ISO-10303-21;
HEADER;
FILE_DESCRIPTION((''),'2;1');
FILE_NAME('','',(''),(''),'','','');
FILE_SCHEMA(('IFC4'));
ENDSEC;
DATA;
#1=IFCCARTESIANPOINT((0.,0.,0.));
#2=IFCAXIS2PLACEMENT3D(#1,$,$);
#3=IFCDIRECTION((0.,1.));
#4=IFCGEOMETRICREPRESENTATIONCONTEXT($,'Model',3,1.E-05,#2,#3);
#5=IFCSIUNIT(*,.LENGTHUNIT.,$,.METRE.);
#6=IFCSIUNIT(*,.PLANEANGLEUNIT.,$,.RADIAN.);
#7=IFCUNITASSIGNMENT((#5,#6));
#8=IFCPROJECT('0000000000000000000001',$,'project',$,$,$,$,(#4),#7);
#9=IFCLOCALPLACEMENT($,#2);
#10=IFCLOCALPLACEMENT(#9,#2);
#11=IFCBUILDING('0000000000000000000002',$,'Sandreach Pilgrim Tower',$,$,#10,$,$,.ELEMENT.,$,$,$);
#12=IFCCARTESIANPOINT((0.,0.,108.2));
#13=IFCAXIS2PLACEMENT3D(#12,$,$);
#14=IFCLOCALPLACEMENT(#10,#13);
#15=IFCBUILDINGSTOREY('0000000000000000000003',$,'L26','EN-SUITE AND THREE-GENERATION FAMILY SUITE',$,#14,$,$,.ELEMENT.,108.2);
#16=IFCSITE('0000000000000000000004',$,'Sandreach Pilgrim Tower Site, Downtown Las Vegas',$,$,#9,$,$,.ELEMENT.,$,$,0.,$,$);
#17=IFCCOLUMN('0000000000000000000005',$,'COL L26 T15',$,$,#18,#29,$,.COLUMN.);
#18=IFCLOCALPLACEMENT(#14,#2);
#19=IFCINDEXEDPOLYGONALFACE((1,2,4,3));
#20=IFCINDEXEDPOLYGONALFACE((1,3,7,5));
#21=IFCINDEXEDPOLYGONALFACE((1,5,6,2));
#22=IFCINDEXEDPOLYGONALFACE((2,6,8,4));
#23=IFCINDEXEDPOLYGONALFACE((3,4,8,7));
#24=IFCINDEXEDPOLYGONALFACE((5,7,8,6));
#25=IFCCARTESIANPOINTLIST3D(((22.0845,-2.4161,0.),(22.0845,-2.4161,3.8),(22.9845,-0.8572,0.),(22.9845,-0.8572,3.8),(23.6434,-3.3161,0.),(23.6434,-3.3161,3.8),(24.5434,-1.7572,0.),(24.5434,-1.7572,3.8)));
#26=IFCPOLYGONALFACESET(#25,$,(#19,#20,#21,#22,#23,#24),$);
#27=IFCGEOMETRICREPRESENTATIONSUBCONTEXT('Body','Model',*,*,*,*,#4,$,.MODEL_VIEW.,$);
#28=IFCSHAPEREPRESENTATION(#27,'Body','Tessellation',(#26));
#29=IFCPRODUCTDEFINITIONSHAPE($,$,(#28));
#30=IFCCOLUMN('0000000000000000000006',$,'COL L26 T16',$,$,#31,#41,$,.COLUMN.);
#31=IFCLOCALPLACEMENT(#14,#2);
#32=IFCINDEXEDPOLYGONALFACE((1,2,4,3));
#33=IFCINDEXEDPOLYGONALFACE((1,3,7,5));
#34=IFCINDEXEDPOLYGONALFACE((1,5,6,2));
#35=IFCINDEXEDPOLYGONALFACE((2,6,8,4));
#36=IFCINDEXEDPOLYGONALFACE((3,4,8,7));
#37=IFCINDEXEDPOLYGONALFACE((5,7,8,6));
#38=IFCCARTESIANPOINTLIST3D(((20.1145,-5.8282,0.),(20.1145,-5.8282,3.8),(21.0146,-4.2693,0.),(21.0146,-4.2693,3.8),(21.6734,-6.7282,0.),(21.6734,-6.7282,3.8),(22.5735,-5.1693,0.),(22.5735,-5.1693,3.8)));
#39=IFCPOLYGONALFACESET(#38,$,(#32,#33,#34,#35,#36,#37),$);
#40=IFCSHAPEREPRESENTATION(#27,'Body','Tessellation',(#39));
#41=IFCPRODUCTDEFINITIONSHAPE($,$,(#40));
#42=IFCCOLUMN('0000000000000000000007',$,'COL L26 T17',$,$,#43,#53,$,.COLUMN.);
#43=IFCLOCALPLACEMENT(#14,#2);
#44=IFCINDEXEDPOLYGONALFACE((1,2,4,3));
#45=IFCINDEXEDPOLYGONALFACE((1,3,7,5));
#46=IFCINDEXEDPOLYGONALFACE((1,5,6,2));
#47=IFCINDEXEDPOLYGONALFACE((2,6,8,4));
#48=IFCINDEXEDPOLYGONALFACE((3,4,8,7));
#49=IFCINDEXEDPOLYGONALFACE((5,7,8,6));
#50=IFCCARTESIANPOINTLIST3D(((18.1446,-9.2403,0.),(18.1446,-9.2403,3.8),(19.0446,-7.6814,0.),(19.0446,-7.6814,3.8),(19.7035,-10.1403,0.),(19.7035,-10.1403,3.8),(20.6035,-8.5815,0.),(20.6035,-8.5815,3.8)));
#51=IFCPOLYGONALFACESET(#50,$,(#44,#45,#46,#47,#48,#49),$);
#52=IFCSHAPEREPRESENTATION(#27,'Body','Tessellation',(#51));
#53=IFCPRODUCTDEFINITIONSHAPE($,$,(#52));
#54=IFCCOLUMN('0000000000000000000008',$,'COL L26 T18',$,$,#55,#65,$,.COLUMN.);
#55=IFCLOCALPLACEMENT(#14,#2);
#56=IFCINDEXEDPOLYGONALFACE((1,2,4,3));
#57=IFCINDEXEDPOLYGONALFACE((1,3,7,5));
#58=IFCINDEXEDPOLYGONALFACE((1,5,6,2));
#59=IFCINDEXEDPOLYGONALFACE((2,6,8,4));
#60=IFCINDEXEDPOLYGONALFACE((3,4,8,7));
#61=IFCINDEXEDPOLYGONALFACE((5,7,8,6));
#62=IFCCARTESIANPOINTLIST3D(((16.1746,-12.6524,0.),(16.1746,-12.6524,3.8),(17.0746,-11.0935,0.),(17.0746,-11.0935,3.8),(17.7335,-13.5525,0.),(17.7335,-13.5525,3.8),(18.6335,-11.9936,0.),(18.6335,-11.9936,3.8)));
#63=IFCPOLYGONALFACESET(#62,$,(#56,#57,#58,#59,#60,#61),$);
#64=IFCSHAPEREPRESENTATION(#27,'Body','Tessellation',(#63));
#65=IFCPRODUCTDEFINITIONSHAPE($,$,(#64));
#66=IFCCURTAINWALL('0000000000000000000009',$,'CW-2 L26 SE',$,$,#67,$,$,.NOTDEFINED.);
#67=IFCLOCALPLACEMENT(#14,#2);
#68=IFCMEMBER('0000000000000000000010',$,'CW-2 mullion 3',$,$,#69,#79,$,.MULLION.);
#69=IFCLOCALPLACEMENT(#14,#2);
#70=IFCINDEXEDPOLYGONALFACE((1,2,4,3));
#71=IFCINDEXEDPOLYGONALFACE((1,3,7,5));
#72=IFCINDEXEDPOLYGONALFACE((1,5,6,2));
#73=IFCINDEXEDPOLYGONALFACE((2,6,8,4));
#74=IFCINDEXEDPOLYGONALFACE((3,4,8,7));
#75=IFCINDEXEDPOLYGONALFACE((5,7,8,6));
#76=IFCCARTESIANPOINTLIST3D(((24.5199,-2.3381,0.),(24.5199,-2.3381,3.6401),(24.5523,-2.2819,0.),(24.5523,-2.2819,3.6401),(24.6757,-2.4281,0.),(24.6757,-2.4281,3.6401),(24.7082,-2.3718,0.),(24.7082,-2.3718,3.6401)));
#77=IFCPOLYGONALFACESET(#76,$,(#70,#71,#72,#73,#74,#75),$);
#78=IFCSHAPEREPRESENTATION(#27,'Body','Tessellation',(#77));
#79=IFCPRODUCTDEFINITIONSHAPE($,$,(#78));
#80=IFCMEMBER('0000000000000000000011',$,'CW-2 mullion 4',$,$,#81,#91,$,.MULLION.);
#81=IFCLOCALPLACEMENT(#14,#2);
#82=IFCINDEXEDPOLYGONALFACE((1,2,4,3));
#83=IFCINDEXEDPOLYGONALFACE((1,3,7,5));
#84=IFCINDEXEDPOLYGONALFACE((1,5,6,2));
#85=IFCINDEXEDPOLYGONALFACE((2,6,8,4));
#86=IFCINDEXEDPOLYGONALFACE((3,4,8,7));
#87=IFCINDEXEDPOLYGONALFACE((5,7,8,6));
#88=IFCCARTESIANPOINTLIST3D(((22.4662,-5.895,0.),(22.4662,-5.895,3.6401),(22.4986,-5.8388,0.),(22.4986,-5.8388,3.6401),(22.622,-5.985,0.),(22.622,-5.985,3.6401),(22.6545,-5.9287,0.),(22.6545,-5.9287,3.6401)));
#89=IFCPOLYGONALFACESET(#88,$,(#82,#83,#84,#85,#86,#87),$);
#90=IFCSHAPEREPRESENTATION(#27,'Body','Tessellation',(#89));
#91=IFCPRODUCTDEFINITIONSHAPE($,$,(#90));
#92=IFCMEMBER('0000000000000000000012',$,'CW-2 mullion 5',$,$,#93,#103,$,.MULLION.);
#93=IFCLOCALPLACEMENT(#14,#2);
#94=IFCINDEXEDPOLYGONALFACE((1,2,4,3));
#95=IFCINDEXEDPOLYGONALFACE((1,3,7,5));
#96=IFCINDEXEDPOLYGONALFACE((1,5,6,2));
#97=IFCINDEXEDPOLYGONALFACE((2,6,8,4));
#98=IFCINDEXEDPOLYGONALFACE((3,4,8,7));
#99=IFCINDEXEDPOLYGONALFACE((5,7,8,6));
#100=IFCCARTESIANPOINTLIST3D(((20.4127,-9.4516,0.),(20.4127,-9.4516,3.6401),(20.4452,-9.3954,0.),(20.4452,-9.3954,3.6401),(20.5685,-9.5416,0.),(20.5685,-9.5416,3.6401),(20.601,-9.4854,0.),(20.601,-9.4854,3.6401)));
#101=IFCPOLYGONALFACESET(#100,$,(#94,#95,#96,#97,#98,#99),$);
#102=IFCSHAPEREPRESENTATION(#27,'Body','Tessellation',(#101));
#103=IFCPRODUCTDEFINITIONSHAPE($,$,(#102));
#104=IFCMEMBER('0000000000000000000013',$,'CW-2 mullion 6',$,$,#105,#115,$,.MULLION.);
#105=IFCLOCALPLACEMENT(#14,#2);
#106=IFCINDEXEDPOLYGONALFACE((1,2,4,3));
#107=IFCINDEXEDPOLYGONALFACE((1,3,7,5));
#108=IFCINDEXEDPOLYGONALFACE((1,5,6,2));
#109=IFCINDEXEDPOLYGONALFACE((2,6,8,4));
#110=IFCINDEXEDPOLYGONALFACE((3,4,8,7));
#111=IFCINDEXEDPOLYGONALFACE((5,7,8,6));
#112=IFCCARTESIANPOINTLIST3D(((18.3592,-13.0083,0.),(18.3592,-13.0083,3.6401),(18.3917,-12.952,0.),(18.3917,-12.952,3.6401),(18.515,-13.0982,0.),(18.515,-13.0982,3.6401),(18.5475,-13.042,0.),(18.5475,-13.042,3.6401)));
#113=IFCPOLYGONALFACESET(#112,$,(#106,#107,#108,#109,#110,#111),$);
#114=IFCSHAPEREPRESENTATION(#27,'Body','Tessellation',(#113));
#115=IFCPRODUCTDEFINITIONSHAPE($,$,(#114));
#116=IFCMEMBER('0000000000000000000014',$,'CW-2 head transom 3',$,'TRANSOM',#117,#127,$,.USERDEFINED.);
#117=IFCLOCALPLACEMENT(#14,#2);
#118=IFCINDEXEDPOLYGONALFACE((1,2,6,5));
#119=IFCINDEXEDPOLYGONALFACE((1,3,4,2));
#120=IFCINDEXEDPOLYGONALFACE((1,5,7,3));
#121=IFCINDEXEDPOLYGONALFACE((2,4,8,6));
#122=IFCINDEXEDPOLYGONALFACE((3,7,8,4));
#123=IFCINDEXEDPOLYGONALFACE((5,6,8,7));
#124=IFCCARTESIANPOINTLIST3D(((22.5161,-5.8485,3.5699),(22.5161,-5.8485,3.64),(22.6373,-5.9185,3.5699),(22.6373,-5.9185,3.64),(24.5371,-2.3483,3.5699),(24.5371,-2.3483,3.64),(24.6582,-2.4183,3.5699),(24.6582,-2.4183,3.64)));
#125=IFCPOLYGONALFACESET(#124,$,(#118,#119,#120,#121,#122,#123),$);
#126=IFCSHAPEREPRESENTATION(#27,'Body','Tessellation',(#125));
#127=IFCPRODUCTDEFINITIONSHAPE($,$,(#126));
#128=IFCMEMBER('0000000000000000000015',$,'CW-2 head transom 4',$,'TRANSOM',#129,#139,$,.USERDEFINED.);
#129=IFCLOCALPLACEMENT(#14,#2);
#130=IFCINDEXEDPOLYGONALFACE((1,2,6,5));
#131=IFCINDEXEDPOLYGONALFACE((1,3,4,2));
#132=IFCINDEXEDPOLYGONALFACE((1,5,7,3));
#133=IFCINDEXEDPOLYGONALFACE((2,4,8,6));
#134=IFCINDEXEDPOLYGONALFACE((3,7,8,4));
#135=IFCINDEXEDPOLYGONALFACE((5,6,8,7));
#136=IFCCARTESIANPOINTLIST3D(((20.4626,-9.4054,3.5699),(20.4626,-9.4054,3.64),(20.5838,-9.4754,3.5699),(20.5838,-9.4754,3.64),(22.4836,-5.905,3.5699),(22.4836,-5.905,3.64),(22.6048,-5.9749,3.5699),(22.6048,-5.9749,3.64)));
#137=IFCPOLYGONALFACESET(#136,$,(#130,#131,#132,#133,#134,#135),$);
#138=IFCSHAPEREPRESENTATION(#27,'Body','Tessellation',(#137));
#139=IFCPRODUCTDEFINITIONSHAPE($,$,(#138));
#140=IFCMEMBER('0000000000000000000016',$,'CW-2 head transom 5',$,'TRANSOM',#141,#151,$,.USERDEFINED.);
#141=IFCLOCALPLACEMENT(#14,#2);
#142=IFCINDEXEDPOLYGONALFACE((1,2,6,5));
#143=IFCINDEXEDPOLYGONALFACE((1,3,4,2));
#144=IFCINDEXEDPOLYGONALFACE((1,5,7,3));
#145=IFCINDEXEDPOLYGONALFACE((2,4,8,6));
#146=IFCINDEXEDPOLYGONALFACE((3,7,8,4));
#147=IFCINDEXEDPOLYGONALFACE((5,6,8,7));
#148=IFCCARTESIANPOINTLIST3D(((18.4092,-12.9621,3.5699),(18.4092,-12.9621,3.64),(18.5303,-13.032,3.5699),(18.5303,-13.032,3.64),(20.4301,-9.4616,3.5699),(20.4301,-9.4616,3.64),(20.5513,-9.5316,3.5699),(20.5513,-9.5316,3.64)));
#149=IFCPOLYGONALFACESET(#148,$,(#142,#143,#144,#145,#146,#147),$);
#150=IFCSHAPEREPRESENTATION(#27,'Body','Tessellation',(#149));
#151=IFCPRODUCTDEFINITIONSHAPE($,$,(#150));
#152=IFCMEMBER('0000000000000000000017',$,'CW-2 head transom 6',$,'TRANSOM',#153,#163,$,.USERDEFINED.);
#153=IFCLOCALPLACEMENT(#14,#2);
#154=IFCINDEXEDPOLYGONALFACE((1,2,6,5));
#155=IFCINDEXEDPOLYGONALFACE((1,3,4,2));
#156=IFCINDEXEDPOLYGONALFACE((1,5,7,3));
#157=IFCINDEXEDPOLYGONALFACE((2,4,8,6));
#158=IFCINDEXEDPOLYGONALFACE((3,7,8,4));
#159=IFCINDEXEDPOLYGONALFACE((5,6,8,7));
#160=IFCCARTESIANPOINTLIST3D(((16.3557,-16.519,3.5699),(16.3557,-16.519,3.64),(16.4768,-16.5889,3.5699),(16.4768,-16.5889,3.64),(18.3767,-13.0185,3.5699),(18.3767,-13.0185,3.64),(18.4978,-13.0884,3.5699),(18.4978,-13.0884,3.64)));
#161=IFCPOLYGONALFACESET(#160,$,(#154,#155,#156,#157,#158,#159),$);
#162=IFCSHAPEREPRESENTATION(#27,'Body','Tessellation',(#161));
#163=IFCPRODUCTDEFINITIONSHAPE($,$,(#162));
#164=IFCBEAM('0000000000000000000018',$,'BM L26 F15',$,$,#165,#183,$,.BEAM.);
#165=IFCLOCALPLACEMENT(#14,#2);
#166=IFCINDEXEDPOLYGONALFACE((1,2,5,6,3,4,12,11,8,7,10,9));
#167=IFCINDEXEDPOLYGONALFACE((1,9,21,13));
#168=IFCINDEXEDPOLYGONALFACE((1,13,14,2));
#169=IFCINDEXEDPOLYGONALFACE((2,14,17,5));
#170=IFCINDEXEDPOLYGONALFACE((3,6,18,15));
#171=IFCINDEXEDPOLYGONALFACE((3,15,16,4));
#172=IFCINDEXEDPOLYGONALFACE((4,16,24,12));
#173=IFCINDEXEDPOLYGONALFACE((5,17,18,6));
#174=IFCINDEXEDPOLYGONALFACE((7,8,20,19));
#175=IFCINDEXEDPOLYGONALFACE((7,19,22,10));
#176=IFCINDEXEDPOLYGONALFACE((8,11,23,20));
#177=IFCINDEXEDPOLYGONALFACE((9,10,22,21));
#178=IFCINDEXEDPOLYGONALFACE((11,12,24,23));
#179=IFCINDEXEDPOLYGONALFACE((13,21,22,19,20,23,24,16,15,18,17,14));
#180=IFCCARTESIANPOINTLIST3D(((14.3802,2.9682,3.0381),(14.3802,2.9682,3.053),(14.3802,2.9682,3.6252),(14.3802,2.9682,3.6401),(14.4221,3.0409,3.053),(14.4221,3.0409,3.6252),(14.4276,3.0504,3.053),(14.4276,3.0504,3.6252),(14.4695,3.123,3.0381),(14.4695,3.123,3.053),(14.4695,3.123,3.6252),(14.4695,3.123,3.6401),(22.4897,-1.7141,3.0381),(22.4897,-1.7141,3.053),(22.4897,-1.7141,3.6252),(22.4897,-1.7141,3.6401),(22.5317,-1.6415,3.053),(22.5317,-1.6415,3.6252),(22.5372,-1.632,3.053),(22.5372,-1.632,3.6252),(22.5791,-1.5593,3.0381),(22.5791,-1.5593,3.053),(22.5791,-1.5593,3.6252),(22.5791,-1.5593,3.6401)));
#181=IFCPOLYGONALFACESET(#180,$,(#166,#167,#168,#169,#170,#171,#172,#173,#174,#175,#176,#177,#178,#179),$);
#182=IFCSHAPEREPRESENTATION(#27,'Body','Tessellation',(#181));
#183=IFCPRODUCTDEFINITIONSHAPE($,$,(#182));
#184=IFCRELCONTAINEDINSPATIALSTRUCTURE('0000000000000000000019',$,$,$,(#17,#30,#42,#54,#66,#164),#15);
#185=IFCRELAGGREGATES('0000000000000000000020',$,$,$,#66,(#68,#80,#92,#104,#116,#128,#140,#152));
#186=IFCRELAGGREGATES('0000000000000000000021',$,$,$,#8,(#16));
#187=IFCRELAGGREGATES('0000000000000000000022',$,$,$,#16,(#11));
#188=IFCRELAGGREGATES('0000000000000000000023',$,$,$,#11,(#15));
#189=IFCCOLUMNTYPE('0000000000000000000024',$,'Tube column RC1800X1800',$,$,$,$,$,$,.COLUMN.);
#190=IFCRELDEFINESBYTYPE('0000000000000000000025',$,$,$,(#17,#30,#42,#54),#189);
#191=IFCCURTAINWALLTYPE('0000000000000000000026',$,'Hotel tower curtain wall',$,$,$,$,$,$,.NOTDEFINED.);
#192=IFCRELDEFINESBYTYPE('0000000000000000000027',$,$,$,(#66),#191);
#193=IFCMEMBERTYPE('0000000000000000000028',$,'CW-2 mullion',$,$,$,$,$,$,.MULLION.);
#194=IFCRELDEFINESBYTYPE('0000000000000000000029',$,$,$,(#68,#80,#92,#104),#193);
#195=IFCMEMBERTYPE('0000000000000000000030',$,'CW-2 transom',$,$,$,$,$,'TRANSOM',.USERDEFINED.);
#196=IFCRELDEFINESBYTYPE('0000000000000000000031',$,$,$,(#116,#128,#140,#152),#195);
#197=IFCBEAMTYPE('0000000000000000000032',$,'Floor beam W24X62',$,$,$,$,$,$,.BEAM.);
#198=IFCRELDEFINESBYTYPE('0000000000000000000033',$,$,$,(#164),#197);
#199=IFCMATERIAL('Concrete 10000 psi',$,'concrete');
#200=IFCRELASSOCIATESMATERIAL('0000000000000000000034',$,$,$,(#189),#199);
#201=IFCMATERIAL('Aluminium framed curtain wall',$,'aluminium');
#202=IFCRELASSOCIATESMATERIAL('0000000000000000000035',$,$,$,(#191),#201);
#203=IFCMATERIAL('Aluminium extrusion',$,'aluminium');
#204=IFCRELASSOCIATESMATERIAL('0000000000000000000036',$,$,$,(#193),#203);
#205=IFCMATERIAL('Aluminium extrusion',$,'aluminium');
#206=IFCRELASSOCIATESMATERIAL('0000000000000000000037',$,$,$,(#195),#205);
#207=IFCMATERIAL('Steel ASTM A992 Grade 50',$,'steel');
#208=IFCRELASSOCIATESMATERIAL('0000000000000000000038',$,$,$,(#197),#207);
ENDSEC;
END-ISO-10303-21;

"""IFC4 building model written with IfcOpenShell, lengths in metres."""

from ifc_helpers import new_model, si_unit, direction, frame, origin, origin_2d, place, context, subcontext, project, spatial, rectangle, i_section, extrude, material, material_profile, profile_set, type_object, element, aggregate, save


model = new_model("IFC4")

# Units and contexts
model_context = context("Model", 3, precision=1e-05, world=origin(), true_north=direction((0.0, 1.0)))
body_context = subcontext(model_context, "Body", "Model", "MODEL_VIEW")
ifc_project = project(units=[si_unit("LENGTHUNIT", "METRE"), si_unit("PLANEANGLEUNIT", "RADIAN")], contexts=[model_context])

# Site, building, storey
site_placement = place(None, origin())
site = spatial("IfcSite", under=ifc_project, at=site_placement, Name="Sandreach Pilgrim Tower Site, Downtown Las Vegas", CompositionType="ELEMENT", RefElevation=0.0)
building_placement = place(site_placement, origin())
building = spatial("IfcBuilding", under=site, at=building_placement, Name="Sandreach Pilgrim Tower", CompositionType="ELEMENT")
storey_placement = place(building_placement, frame((0.0, 0.0, 108.2)))
storey = spatial("IfcBuildingStorey", under=building, at=storey_placement, Name="L26", Description="EN-SUITE AND THREE-GENERATION FAMILY SUITE", CompositionType="ELEMENT", Elevation=108.2)

# Columns
ifc_material_1 = material(Name="Concrete 10000 psi", Category="concrete")
ifc_material_profile_1 = material_profile(ifc_material_1, rectangle(XDim=1.8, YDim=1.8, at=origin_2d()), Name="RC1800X1800")
ifc_profile_set_1 = profile_set([ifc_material_profile_1], Name="Concrete 10000 psi")
column_type = type_object("IfcColumnType", Name="Tube column RC1800X1800", PredefinedType="COLUMN", material=ifc_profile_set_1)
for number, where, z_axis, x_axis, name in (
    (1, (23.314, -2.0867, 0.0), (0.0, 0.0, 1.0), (0.866025, -0.5, 0.0), "COL L26 T15"),
    (2, (21.344, -5.4988, 0.0), (0.0, 0.0, 1.0), (0.866025, -0.5, 0.0), "COL L26 T16"),
    (3, (19.374, -8.9109, 0.0), (0.0, 0.0, 1.0), (0.866025, -0.5, 0.0), "COL L26 T17"),
    (4, (17.4041, -12.323, 0.0), (0.0, 0.0, 1.0), (0.866025, -0.5, 0.0), "COL L26 T18"),
):
    element("IfcColumn", number, at=place(storey_placement, frame(where, z_axis=z_axis, x_axis=x_axis)), inside=storey, type_object=column_type, Name=name, PredefinedType="COLUMN", context=body_context, shape_type="SweptSolid", body=[
        extrude(rectangle(XDim=1.8, YDim=1.8, at=origin_2d()), origin(), (0.0, 0.0, 1.0), 3.8),
    ])

# Curtain wall, members
ifc_material_2 = material(Name="Aluminium framed curtain wall", Category="aluminium")
curtain_wall_type = type_object("IfcCurtainWallType", Name="Hotel tower curtain wall", PredefinedType="NOTDEFINED", material=ifc_material_2)
curtain_wall_placement = place(storey_placement, origin())
curtain_wall = element("IfcCurtainWall", 5, at=curtain_wall_placement, inside=storey, type_object=curtain_wall_type, Name="CW-2 L26 SE", PredefinedType="NOTDEFINED")
ifc_material_3 = material(Name="Aluminium extrusion", Category="aluminium")
ifc_material_profile_2 = material_profile(ifc_material_3, rectangle(XDim=0.0649, YDim=0.1799, at=origin_2d()), Name="CW-2M 65X180")
ifc_profile_set_2 = profile_set([ifc_material_profile_2], Name="Aluminium extrusion")
member_type_1 = type_object("IfcMemberType", Name="CW-2 mullion", PredefinedType="MULLION", material=ifc_profile_set_2)
member_1_placement = place(storey_placement, frame((24.614, -2.355, 0.0), z_axis=(0.0, 0.0, 1.0), x_axis=(-0.5, -0.866025, 0.0)))
member_1 = element("IfcMember", 6, at=member_1_placement, type_object=member_type_1, Name="CW-2 mullion 3", PredefinedType="MULLION", context=body_context, shape_type="SweptSolid", body=[
    extrude(rectangle(XDim=0.0649, YDim=0.1799, at=origin_2d()), origin(), (0.0, 0.0, 1.0), 3.6401),
])
member_2_placement = place(storey_placement, frame((22.5603, -5.9119, 0.0), z_axis=(0.0, 0.0, 1.0), x_axis=(-0.5, -0.866025, 0.0)))
member_2 = element("IfcMember", 7, at=member_2_placement, type_object=member_type_1, Name="CW-2 mullion 4", PredefinedType="MULLION", context=body_context, shape_type="SweptSolid", body=[
    extrude(rectangle(XDim=0.0649, YDim=0.1799, at=origin_2d()), origin(), (0.0, 0.0, 1.0), 3.6401),
])
member_3_placement = place(storey_placement, frame((20.5068, -9.4685, 0.0), z_axis=(0.0, 0.0, 1.0), x_axis=(-0.5, -0.866025, 0.0)))
member_3 = element("IfcMember", 8, at=member_3_placement, type_object=member_type_1, Name="CW-2 mullion 5", PredefinedType="MULLION", context=body_context, shape_type="SweptSolid", body=[
    extrude(rectangle(XDim=0.0649, YDim=0.1799, at=origin_2d()), origin(), (0.0, 0.0, 1.0), 3.6401),
])
member_4_placement = place(storey_placement, frame((18.4534, -13.0251, 0.0), z_axis=(0.0, 0.0, 1.0), x_axis=(-0.5, -0.866025, 0.0)))
member_4 = element("IfcMember", 9, at=member_4_placement, type_object=member_type_1, Name="CW-2 mullion 6", PredefinedType="MULLION", context=body_context, shape_type="SweptSolid", body=[
    extrude(rectangle(XDim=0.0649, YDim=0.1799, at=origin_2d()), origin(), (0.0, 0.0, 1.0), 3.6401),
])
ifc_material_4 = material(Name="Aluminium extrusion", Category="aluminium")
ifc_material_profile_3 = material_profile(ifc_material_4, rectangle(XDim=0.1399, YDim=0.0701, at=origin_2d()), Name="CW-2T 140X70")
ifc_profile_set_3 = profile_set([ifc_material_profile_3], Name="Aluminium extrusion")
member_type_2 = type_object("IfcMemberType", Name="CW-2 transom", ElementType="TRANSOM", PredefinedType="USERDEFINED", material=ifc_profile_set_3)
member_5_placement = place(storey_placement, frame((24.5977, -2.3833, 3.605), z_axis=(-0.500024, -0.866012, 0.0), x_axis=(0.866012, -0.500024, 0.0)))
member_5 = element("IfcMember", 10, at=member_5_placement, type_object=member_type_2, Name="CW-2 head transom 3", ObjectType="TRANSOM", PredefinedType="USERDEFINED", context=body_context, shape_type="SweptSolid", body=[
    extrude(rectangle(XDim=0.1399, YDim=0.0701, at=origin_2d()), origin(), (0.0, 0.0, 1.0), 4.0417),
])
member_6_placement = place(storey_placement, frame((22.5442, -5.9399, 3.605), z_axis=(-0.499998, -0.866027, 0.0), x_axis=(0.866027, -0.499998, 0.0)))
member_6 = element("IfcMember", 11, at=member_6_placement, type_object=member_type_2, Name="CW-2 head transom 4", ObjectType="TRANSOM", PredefinedType="USERDEFINED", context=body_context, shape_type="SweptSolid", body=[
    extrude(rectangle(XDim=0.1399, YDim=0.0701, at=origin_2d()), origin(), (0.0, 0.0, 1.0), 4.042),
])
member_7_placement = place(storey_placement, frame((20.4907, -9.4966, 3.605), z_axis=(-0.499998, -0.866027, 0.0), x_axis=(0.866027, -0.499998, 0.0)))
member_7 = element("IfcMember", 12, at=member_7_placement, type_object=member_type_2, Name="CW-2 head transom 5", ObjectType="TRANSOM", PredefinedType="USERDEFINED", context=body_context, shape_type="SweptSolid", body=[
    extrude(rectangle(XDim=0.1399, YDim=0.0701, at=origin_2d()), origin(), (0.0, 0.0, 1.0), 4.042),
])
member_8_placement = place(storey_placement, frame((18.4373, -13.0535, 3.605), z_axis=(-0.499998, -0.866027, 0.0), x_axis=(0.866027, -0.499998, 0.0)))
member_8 = element("IfcMember", 13, at=member_8_placement, type_object=member_type_2, Name="CW-2 head transom 6", ObjectType="TRANSOM", PredefinedType="USERDEFINED", context=body_context, shape_type="SweptSolid", body=[
    extrude(rectangle(XDim=0.1399, YDim=0.0701, at=origin_2d()), origin(), (0.0, 0.0, 1.0), 4.042),
])

# Beam
ifc_material_5 = material(Name="Steel ASTM A992 Grade 50", Category="steel")
ifc_material_profile_4 = material_profile(ifc_material_5, i_section(OverallWidth=0.1787, OverallDepth=0.6021, WebThickness=0.011, FlangeThickness=0.0149, at=origin_2d()), Name="W24X62")
ifc_profile_set_4 = profile_set([ifc_material_profile_4], Name="Steel ASTM A992 Grade 50")
beam_type_1 = type_object("IfcBeamType", Name="Floor beam W24X62", PredefinedType="BEAM", material=ifc_profile_set_4)
beam_1_placement = place(storey_placement, frame((22.5344, -1.6367, 3.3391), z_axis=(-0.866012, 0.500023, 0.0), x_axis=(-0.500023, -0.866012, 0.0)))
element("IfcBeam", 14, at=beam_1_placement, inside=storey, type_object=beam_type_1, Name="BM L26 F15", PredefinedType="BEAM", context=body_context, shape_type="SweptSolid", body=[
    extrude(i_section(OverallWidth=0.1787, OverallDepth=0.6021, WebThickness=0.011, FlangeThickness=0.0149, at=origin_2d()), origin(), (0.0, 0.0, 1.0), 9.3643),
])

aggregate(curtain_wall, [member_1, member_2, member_3, member_4, member_5, member_6, member_7, member_8])

save(model, "model.ifc")
